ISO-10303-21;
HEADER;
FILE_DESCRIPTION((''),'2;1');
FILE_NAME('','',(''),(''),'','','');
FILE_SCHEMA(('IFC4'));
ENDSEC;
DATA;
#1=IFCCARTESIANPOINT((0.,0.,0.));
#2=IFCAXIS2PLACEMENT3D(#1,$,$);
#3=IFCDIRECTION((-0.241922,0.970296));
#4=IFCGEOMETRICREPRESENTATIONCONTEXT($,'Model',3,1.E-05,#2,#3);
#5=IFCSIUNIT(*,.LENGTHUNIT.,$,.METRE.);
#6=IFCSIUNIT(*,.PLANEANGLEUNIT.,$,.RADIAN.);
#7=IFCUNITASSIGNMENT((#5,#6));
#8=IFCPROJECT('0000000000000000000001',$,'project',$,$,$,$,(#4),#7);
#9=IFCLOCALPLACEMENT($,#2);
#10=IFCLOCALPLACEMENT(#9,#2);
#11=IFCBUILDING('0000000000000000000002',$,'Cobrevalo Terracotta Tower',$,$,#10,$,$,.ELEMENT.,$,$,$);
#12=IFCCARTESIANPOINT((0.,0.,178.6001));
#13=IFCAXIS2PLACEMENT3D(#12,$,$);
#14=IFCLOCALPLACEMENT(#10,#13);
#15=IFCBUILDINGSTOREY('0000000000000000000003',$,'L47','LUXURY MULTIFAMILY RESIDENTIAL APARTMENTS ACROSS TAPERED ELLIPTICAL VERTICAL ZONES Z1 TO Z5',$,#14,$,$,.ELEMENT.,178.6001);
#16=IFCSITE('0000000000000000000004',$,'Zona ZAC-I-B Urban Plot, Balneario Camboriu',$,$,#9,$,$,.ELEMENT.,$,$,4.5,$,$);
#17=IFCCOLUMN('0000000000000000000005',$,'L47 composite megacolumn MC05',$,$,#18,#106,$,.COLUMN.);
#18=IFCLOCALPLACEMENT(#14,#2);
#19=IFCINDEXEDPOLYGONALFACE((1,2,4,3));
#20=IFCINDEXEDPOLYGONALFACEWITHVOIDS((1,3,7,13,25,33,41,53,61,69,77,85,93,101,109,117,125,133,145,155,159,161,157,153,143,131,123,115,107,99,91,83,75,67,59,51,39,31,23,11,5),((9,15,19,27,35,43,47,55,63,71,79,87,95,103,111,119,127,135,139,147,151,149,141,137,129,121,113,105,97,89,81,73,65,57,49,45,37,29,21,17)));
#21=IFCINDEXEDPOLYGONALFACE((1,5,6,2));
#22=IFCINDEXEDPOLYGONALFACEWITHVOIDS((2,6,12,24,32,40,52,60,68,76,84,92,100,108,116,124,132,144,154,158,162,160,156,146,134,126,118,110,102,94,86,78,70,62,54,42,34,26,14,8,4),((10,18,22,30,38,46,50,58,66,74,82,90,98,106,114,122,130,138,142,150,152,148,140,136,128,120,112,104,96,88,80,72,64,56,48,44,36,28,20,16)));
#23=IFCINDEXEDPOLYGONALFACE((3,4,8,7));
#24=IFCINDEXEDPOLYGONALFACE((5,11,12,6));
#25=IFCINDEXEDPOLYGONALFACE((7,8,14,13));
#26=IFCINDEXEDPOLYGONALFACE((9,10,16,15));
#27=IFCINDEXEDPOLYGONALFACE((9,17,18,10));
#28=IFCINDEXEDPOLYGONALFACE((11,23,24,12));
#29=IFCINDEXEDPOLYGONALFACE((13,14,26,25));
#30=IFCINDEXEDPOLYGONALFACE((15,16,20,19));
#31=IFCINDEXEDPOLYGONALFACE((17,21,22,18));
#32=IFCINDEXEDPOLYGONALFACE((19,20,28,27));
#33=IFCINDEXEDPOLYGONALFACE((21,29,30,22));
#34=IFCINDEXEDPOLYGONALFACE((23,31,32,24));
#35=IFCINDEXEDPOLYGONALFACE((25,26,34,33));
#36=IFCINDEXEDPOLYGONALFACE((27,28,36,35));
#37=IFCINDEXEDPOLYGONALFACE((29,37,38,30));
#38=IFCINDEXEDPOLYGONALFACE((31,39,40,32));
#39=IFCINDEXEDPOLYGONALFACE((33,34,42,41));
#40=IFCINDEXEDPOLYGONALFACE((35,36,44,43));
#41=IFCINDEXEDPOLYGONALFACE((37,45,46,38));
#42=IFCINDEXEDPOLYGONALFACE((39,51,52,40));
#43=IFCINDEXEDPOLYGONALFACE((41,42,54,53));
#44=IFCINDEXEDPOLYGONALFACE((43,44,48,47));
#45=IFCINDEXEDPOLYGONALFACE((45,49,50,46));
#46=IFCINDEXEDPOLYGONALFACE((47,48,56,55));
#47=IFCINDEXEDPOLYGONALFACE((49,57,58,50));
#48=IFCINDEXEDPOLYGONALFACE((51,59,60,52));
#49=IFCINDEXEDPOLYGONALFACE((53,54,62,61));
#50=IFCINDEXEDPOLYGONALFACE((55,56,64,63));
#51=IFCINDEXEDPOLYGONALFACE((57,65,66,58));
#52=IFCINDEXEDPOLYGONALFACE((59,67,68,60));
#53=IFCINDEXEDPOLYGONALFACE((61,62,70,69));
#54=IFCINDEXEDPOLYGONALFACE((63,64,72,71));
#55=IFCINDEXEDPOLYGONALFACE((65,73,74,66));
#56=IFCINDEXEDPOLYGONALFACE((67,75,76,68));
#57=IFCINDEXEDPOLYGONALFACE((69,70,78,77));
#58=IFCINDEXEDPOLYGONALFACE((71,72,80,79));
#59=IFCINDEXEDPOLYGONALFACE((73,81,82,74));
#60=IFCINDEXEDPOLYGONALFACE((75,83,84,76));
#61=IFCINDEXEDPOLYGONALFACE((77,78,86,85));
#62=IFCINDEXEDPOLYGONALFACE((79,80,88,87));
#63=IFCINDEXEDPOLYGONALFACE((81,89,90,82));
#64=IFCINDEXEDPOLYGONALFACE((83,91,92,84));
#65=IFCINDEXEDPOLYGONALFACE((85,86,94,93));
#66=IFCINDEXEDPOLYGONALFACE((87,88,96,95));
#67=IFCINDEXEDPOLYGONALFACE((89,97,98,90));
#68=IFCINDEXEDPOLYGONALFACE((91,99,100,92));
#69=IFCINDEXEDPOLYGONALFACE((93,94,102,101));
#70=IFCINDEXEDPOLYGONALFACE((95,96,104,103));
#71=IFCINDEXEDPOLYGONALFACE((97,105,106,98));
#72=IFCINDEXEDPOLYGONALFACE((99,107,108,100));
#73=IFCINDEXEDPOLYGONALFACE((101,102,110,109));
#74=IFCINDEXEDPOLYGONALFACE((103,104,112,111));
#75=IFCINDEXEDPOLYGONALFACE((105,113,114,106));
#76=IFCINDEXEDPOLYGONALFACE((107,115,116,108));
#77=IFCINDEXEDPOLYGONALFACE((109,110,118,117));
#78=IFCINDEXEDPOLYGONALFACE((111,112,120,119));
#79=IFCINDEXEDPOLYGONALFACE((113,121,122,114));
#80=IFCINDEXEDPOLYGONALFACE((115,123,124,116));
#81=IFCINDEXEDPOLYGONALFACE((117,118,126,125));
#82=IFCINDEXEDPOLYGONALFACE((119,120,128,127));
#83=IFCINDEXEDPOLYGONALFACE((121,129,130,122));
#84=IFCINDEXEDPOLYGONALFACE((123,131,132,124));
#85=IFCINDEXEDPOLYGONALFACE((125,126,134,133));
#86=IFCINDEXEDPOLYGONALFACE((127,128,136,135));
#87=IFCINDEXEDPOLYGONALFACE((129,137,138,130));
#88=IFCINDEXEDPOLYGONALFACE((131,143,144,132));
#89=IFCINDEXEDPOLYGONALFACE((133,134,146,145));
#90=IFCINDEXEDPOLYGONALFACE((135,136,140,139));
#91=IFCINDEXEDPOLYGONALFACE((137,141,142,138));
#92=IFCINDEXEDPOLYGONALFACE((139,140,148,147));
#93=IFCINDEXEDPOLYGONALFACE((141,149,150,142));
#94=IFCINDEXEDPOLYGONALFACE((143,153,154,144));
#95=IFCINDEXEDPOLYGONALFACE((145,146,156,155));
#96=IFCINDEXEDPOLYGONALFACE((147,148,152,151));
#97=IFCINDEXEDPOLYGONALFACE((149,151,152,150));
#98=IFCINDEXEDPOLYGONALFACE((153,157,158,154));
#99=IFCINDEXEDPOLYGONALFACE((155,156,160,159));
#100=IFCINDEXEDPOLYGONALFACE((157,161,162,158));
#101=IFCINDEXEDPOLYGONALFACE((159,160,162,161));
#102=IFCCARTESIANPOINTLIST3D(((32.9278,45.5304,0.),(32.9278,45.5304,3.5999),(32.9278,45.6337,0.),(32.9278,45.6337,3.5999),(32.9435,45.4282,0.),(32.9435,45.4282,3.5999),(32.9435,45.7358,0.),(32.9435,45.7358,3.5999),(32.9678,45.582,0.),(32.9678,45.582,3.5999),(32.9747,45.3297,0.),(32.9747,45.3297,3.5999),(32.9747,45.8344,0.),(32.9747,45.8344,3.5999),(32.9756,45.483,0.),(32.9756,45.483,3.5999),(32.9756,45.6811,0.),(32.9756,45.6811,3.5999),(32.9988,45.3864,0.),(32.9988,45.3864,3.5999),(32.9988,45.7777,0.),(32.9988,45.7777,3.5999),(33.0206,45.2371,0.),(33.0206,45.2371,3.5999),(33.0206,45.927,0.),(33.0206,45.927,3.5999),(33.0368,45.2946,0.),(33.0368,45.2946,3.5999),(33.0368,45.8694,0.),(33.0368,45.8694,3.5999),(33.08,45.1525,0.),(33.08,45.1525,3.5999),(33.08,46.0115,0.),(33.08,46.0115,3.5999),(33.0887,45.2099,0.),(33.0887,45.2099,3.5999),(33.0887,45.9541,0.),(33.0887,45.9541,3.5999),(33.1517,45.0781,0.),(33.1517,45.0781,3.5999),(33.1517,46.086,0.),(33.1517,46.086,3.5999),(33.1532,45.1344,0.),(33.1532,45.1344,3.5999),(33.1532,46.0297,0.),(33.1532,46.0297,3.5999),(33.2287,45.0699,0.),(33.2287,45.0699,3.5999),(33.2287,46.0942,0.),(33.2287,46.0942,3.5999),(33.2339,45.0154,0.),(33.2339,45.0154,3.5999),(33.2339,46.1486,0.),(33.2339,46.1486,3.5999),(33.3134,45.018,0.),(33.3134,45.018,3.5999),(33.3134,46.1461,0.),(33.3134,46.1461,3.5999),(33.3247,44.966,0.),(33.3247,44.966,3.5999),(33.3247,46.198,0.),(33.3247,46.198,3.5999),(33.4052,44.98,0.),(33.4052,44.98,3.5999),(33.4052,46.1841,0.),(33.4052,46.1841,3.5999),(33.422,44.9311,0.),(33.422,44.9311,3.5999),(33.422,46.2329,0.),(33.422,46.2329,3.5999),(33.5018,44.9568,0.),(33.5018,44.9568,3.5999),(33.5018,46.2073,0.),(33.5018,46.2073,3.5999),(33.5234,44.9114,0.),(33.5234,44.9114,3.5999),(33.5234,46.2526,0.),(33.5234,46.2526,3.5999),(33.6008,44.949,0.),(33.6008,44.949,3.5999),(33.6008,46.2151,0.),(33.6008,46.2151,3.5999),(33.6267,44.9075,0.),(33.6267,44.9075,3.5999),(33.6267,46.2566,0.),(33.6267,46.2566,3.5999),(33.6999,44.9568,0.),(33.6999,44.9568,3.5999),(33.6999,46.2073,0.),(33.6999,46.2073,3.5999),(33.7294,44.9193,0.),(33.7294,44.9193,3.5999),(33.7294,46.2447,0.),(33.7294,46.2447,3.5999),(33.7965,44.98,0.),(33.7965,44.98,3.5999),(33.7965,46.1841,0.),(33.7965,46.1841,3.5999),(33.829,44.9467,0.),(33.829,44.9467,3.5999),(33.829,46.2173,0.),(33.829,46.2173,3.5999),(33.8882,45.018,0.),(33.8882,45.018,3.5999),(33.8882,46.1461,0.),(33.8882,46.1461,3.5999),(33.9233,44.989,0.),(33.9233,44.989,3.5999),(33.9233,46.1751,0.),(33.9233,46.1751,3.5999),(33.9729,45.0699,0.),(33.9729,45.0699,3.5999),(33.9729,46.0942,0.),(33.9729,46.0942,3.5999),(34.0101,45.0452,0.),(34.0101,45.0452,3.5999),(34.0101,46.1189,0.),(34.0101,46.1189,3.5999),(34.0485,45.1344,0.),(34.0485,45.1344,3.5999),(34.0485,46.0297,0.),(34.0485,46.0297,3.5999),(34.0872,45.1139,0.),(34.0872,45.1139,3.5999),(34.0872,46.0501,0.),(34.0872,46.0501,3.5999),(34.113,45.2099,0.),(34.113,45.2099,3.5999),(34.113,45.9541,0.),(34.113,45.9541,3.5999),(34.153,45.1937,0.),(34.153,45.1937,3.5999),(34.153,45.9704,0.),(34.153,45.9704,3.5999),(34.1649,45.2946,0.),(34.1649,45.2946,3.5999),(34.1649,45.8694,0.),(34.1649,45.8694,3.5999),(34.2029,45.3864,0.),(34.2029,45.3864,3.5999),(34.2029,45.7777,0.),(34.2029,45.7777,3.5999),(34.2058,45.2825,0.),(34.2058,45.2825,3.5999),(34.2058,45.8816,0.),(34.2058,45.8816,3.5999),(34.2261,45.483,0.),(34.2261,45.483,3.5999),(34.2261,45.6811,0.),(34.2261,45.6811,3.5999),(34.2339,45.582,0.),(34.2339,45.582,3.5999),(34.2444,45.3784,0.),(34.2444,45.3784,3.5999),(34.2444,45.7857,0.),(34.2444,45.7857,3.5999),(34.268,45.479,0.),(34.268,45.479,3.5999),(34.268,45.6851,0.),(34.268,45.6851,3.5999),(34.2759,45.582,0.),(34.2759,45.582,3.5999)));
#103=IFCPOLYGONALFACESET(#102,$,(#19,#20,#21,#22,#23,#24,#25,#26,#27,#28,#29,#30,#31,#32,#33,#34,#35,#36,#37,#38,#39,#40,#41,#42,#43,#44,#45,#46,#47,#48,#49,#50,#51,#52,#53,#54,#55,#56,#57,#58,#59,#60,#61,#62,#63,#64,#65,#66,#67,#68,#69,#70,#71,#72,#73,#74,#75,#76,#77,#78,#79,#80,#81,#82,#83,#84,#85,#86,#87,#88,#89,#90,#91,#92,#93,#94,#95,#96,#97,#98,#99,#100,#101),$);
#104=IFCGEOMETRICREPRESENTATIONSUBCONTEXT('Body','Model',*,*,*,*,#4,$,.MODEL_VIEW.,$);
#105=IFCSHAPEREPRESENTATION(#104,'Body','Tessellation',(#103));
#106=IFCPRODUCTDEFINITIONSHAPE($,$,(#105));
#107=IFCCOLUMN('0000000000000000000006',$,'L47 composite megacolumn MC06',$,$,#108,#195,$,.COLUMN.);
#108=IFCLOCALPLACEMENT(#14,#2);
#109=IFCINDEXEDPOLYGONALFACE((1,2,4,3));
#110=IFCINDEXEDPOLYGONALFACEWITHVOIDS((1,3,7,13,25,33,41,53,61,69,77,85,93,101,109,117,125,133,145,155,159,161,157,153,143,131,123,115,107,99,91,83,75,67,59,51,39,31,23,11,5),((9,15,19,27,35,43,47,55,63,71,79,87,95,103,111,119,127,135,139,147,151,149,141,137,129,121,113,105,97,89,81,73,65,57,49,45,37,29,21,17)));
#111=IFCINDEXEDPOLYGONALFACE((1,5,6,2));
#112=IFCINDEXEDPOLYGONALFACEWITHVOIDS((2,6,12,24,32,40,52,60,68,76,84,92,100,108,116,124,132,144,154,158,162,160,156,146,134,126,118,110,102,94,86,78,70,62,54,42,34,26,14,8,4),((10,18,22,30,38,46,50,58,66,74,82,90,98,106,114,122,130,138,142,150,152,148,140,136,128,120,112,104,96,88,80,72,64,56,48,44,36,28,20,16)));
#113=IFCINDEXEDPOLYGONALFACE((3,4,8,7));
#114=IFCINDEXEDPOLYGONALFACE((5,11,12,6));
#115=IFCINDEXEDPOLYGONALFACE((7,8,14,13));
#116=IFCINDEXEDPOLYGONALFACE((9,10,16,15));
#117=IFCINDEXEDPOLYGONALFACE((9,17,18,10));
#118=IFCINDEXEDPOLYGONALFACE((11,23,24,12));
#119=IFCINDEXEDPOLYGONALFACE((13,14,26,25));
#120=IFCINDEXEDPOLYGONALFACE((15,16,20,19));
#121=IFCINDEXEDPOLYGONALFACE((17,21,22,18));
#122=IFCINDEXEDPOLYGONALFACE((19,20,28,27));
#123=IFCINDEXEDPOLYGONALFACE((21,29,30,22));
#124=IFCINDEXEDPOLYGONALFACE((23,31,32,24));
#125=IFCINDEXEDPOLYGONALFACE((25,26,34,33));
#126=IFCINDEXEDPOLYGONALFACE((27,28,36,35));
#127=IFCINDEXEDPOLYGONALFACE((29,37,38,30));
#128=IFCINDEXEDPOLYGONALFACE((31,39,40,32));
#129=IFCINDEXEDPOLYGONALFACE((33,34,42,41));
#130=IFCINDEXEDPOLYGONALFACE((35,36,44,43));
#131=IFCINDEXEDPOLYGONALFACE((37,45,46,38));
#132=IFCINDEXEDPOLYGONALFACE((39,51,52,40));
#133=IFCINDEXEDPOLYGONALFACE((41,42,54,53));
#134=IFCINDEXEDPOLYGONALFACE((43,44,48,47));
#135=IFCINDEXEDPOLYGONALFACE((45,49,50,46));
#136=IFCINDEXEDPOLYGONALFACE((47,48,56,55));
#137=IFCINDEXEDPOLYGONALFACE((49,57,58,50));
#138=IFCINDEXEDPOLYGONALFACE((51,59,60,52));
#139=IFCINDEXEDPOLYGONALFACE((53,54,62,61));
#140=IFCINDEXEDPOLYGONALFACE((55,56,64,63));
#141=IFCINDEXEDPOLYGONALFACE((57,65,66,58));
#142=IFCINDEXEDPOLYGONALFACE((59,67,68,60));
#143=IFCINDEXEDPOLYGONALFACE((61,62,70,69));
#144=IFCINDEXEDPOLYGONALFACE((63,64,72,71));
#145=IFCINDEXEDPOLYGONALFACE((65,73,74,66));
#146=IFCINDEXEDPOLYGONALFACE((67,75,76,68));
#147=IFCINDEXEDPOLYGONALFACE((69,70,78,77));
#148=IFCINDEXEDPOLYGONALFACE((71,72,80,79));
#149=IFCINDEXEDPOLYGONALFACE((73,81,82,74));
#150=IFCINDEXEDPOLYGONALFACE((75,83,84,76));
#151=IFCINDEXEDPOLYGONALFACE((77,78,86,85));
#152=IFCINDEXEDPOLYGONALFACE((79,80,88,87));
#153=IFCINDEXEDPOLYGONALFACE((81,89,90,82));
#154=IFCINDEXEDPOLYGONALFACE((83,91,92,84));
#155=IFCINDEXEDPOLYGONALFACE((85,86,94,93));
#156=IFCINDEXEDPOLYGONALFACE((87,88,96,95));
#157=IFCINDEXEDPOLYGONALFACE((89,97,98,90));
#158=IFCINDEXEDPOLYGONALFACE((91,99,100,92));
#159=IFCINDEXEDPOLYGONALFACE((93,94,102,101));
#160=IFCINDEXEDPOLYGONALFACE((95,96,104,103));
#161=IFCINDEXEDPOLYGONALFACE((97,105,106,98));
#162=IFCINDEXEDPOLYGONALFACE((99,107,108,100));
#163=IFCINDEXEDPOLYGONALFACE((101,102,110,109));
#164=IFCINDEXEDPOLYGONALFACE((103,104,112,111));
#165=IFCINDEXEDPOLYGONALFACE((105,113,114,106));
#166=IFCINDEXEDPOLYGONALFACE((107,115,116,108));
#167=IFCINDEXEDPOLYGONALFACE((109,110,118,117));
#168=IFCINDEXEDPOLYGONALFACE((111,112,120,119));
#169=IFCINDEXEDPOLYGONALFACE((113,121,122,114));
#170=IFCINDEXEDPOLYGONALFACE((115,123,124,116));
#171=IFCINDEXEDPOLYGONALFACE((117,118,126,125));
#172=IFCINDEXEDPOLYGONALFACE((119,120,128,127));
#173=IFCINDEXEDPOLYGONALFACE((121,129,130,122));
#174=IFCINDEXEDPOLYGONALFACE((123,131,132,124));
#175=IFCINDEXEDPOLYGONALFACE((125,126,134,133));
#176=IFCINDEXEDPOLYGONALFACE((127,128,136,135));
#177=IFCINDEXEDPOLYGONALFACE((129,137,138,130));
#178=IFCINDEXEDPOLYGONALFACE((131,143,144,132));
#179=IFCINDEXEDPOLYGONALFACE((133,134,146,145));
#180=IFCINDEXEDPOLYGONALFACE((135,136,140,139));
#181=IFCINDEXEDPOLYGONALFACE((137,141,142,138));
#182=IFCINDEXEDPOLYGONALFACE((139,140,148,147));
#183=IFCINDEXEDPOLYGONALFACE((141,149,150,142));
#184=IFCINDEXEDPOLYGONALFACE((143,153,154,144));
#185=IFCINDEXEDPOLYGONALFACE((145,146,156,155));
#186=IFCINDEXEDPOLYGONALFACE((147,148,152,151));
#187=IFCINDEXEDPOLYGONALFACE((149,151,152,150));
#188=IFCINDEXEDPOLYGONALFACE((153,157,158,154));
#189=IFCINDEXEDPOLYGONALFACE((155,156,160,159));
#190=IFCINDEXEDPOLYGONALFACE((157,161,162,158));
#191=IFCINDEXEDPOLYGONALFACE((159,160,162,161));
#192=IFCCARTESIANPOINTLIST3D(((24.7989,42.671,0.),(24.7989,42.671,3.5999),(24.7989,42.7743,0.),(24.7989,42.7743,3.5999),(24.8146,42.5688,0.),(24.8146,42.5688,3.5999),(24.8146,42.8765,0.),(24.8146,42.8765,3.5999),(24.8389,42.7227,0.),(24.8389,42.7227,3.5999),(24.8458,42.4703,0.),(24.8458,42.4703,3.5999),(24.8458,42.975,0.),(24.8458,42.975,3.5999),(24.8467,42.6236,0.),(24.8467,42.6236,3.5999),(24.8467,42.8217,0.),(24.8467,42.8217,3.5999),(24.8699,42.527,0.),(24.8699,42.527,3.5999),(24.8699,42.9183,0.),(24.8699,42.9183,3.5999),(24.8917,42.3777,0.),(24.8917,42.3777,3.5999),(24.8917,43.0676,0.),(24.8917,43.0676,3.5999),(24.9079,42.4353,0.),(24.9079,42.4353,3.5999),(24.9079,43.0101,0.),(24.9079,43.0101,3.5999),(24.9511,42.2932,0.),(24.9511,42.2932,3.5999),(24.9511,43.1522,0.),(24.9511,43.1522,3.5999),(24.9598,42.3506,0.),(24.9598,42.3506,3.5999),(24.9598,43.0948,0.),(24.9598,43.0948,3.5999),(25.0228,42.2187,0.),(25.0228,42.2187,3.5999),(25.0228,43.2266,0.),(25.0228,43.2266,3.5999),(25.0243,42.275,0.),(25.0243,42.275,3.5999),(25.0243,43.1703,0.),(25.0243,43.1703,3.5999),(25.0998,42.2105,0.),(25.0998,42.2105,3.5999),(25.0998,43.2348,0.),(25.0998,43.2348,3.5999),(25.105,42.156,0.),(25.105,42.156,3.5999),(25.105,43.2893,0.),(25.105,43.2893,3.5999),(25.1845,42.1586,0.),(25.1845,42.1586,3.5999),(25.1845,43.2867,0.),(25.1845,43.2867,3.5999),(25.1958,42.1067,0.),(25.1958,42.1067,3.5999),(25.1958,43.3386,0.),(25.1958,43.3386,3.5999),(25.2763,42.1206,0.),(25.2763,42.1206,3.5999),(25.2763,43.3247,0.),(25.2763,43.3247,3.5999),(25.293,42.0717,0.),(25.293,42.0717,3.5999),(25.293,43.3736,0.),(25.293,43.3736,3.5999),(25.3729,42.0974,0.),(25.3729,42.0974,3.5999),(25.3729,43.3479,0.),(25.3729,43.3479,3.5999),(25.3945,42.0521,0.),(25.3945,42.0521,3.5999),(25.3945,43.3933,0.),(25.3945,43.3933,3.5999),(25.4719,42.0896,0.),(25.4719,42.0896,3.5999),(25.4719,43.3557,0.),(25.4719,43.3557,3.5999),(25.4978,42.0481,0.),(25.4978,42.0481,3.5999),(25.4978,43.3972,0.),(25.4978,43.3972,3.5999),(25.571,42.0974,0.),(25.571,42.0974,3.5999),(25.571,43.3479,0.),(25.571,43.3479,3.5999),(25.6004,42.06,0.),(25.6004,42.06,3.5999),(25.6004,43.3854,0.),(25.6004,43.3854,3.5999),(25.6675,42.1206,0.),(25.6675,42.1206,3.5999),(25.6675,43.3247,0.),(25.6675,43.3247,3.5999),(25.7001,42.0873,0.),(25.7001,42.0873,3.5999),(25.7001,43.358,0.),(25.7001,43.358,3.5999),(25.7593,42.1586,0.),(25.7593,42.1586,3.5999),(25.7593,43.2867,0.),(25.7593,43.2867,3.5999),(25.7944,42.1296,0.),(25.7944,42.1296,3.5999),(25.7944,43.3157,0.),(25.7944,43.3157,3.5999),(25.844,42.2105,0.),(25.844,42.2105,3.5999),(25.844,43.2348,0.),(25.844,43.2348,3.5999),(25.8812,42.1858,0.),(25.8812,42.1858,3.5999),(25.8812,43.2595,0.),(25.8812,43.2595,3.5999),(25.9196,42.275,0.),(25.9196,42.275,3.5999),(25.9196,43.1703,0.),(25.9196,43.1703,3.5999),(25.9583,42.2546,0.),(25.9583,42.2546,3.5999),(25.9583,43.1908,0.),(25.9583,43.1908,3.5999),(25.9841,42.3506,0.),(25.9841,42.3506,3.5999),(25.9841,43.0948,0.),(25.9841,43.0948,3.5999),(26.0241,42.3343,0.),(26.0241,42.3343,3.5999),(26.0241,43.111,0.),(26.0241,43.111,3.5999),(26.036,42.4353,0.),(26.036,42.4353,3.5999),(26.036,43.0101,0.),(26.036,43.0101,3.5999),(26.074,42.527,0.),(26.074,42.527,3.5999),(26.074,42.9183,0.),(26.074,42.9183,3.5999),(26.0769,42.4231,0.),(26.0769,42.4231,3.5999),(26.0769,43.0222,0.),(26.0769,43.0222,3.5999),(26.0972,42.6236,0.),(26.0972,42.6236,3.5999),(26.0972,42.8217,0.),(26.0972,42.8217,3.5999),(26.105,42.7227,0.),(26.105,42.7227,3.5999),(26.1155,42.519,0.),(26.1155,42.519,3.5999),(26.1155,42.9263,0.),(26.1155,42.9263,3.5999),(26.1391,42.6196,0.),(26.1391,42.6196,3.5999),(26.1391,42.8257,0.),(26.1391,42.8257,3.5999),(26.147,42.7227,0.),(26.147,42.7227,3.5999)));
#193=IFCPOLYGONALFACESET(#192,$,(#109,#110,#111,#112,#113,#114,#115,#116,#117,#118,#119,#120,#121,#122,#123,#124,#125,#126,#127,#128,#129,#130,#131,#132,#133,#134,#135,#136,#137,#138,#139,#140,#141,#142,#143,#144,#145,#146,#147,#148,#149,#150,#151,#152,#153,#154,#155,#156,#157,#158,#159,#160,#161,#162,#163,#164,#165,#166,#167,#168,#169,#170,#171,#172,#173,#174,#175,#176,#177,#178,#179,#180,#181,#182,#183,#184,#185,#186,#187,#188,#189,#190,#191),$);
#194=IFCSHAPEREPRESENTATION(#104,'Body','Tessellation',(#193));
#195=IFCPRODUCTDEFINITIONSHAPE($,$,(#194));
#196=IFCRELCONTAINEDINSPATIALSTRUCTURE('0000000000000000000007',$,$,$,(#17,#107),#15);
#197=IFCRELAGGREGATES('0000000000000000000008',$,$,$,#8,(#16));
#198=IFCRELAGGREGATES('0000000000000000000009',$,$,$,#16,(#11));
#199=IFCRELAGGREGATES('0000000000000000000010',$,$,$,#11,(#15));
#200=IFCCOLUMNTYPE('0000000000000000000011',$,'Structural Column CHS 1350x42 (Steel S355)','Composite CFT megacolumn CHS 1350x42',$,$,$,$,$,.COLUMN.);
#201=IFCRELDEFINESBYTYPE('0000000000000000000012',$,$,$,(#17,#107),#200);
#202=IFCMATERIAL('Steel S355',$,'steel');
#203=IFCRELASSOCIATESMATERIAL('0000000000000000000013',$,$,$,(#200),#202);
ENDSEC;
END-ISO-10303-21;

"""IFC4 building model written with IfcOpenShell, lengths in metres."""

from ifc_helpers import new_model, si_unit, direction, frame, origin, origin_2d, place, context, subcontext, project, spatial, hollow_circle, extrude, material, material_profile, profile_set, type_object, element, save


model = new_model("IFC4")

# Units and contexts
model_context = context("Model", 3, precision=1e-05, world=origin(), true_north=direction((-0.241922, 0.970296)))
body_context = subcontext(model_context, "Body", "Model", "MODEL_VIEW")
ifc_project = project(units=[si_unit("LENGTHUNIT", "METRE"), si_unit("PLANEANGLEUNIT", "RADIAN")], contexts=[model_context])

# Site, building, storey
site_placement = place(None, origin())
site = spatial("IfcSite", under=ifc_project, at=site_placement, Name="Zona ZAC-I-B Urban Plot, Balneario Camboriu", CompositionType="ELEMENT", RefElevation=4.5)
building_placement = place(site_placement, origin())
building = spatial("IfcBuilding", under=site, at=building_placement, Name="Cobrevalo Terracotta Tower", CompositionType="ELEMENT")
storey_placement = place(building_placement, frame((0.0, 0.0, 178.6001)))
storey = spatial("IfcBuildingStorey", under=building, at=storey_placement, Name="L47", Description="LUXURY MULTIFAMILY RESIDENTIAL APARTMENTS ACROSS TAPERED ELLIPTICAL VERTICAL ZONES Z1 TO Z5", CompositionType="ELEMENT", Elevation=178.6001)

# Columns
ifc_material_1 = material(Name="Steel S355", Category="steel")
ifc_material_profile_1 = material_profile(ifc_material_1, hollow_circle(Radius=0.675, WallThickness=0.042, at=origin_2d()), Name="CHS 1350x42")
ifc_profile_set_1 = profile_set([ifc_material_profile_1], Name="Steel S355")
column_type_1 = type_object("IfcColumnType", Name="Structural Column CHS 1350x42 (Steel S355)", Description="Composite CFT megacolumn CHS 1350x42", PredefinedType="COLUMN", material=ifc_profile_set_1)
for number, where, z_axis, x_axis, name in (
    (1, (33.6008, 45.582, 0.0), (0.0, 0.0, 1.0), (1.0, 0.0, 0.0), "L47 composite megacolumn MC05"),
    (2, (25.4719, 42.7227, 0.0), (0.0, 0.0, 1.0), (1.0, 0.0, 0.0), "L47 composite megacolumn MC06"),
):
    element("IfcColumn", number, at=place(storey_placement, frame(where, z_axis=z_axis, x_axis=x_axis)), inside=storey, type_object=column_type_1, Name=name, PredefinedType="COLUMN", context=body_context, shape_type="SweptSolid", body=[
        extrude(hollow_circle(Radius=0.675, WallThickness=0.042, at=origin_2d()), origin(), (0.0, 0.0, 1.0), 3.5999),
    ])

save(model, "model.ifc")
